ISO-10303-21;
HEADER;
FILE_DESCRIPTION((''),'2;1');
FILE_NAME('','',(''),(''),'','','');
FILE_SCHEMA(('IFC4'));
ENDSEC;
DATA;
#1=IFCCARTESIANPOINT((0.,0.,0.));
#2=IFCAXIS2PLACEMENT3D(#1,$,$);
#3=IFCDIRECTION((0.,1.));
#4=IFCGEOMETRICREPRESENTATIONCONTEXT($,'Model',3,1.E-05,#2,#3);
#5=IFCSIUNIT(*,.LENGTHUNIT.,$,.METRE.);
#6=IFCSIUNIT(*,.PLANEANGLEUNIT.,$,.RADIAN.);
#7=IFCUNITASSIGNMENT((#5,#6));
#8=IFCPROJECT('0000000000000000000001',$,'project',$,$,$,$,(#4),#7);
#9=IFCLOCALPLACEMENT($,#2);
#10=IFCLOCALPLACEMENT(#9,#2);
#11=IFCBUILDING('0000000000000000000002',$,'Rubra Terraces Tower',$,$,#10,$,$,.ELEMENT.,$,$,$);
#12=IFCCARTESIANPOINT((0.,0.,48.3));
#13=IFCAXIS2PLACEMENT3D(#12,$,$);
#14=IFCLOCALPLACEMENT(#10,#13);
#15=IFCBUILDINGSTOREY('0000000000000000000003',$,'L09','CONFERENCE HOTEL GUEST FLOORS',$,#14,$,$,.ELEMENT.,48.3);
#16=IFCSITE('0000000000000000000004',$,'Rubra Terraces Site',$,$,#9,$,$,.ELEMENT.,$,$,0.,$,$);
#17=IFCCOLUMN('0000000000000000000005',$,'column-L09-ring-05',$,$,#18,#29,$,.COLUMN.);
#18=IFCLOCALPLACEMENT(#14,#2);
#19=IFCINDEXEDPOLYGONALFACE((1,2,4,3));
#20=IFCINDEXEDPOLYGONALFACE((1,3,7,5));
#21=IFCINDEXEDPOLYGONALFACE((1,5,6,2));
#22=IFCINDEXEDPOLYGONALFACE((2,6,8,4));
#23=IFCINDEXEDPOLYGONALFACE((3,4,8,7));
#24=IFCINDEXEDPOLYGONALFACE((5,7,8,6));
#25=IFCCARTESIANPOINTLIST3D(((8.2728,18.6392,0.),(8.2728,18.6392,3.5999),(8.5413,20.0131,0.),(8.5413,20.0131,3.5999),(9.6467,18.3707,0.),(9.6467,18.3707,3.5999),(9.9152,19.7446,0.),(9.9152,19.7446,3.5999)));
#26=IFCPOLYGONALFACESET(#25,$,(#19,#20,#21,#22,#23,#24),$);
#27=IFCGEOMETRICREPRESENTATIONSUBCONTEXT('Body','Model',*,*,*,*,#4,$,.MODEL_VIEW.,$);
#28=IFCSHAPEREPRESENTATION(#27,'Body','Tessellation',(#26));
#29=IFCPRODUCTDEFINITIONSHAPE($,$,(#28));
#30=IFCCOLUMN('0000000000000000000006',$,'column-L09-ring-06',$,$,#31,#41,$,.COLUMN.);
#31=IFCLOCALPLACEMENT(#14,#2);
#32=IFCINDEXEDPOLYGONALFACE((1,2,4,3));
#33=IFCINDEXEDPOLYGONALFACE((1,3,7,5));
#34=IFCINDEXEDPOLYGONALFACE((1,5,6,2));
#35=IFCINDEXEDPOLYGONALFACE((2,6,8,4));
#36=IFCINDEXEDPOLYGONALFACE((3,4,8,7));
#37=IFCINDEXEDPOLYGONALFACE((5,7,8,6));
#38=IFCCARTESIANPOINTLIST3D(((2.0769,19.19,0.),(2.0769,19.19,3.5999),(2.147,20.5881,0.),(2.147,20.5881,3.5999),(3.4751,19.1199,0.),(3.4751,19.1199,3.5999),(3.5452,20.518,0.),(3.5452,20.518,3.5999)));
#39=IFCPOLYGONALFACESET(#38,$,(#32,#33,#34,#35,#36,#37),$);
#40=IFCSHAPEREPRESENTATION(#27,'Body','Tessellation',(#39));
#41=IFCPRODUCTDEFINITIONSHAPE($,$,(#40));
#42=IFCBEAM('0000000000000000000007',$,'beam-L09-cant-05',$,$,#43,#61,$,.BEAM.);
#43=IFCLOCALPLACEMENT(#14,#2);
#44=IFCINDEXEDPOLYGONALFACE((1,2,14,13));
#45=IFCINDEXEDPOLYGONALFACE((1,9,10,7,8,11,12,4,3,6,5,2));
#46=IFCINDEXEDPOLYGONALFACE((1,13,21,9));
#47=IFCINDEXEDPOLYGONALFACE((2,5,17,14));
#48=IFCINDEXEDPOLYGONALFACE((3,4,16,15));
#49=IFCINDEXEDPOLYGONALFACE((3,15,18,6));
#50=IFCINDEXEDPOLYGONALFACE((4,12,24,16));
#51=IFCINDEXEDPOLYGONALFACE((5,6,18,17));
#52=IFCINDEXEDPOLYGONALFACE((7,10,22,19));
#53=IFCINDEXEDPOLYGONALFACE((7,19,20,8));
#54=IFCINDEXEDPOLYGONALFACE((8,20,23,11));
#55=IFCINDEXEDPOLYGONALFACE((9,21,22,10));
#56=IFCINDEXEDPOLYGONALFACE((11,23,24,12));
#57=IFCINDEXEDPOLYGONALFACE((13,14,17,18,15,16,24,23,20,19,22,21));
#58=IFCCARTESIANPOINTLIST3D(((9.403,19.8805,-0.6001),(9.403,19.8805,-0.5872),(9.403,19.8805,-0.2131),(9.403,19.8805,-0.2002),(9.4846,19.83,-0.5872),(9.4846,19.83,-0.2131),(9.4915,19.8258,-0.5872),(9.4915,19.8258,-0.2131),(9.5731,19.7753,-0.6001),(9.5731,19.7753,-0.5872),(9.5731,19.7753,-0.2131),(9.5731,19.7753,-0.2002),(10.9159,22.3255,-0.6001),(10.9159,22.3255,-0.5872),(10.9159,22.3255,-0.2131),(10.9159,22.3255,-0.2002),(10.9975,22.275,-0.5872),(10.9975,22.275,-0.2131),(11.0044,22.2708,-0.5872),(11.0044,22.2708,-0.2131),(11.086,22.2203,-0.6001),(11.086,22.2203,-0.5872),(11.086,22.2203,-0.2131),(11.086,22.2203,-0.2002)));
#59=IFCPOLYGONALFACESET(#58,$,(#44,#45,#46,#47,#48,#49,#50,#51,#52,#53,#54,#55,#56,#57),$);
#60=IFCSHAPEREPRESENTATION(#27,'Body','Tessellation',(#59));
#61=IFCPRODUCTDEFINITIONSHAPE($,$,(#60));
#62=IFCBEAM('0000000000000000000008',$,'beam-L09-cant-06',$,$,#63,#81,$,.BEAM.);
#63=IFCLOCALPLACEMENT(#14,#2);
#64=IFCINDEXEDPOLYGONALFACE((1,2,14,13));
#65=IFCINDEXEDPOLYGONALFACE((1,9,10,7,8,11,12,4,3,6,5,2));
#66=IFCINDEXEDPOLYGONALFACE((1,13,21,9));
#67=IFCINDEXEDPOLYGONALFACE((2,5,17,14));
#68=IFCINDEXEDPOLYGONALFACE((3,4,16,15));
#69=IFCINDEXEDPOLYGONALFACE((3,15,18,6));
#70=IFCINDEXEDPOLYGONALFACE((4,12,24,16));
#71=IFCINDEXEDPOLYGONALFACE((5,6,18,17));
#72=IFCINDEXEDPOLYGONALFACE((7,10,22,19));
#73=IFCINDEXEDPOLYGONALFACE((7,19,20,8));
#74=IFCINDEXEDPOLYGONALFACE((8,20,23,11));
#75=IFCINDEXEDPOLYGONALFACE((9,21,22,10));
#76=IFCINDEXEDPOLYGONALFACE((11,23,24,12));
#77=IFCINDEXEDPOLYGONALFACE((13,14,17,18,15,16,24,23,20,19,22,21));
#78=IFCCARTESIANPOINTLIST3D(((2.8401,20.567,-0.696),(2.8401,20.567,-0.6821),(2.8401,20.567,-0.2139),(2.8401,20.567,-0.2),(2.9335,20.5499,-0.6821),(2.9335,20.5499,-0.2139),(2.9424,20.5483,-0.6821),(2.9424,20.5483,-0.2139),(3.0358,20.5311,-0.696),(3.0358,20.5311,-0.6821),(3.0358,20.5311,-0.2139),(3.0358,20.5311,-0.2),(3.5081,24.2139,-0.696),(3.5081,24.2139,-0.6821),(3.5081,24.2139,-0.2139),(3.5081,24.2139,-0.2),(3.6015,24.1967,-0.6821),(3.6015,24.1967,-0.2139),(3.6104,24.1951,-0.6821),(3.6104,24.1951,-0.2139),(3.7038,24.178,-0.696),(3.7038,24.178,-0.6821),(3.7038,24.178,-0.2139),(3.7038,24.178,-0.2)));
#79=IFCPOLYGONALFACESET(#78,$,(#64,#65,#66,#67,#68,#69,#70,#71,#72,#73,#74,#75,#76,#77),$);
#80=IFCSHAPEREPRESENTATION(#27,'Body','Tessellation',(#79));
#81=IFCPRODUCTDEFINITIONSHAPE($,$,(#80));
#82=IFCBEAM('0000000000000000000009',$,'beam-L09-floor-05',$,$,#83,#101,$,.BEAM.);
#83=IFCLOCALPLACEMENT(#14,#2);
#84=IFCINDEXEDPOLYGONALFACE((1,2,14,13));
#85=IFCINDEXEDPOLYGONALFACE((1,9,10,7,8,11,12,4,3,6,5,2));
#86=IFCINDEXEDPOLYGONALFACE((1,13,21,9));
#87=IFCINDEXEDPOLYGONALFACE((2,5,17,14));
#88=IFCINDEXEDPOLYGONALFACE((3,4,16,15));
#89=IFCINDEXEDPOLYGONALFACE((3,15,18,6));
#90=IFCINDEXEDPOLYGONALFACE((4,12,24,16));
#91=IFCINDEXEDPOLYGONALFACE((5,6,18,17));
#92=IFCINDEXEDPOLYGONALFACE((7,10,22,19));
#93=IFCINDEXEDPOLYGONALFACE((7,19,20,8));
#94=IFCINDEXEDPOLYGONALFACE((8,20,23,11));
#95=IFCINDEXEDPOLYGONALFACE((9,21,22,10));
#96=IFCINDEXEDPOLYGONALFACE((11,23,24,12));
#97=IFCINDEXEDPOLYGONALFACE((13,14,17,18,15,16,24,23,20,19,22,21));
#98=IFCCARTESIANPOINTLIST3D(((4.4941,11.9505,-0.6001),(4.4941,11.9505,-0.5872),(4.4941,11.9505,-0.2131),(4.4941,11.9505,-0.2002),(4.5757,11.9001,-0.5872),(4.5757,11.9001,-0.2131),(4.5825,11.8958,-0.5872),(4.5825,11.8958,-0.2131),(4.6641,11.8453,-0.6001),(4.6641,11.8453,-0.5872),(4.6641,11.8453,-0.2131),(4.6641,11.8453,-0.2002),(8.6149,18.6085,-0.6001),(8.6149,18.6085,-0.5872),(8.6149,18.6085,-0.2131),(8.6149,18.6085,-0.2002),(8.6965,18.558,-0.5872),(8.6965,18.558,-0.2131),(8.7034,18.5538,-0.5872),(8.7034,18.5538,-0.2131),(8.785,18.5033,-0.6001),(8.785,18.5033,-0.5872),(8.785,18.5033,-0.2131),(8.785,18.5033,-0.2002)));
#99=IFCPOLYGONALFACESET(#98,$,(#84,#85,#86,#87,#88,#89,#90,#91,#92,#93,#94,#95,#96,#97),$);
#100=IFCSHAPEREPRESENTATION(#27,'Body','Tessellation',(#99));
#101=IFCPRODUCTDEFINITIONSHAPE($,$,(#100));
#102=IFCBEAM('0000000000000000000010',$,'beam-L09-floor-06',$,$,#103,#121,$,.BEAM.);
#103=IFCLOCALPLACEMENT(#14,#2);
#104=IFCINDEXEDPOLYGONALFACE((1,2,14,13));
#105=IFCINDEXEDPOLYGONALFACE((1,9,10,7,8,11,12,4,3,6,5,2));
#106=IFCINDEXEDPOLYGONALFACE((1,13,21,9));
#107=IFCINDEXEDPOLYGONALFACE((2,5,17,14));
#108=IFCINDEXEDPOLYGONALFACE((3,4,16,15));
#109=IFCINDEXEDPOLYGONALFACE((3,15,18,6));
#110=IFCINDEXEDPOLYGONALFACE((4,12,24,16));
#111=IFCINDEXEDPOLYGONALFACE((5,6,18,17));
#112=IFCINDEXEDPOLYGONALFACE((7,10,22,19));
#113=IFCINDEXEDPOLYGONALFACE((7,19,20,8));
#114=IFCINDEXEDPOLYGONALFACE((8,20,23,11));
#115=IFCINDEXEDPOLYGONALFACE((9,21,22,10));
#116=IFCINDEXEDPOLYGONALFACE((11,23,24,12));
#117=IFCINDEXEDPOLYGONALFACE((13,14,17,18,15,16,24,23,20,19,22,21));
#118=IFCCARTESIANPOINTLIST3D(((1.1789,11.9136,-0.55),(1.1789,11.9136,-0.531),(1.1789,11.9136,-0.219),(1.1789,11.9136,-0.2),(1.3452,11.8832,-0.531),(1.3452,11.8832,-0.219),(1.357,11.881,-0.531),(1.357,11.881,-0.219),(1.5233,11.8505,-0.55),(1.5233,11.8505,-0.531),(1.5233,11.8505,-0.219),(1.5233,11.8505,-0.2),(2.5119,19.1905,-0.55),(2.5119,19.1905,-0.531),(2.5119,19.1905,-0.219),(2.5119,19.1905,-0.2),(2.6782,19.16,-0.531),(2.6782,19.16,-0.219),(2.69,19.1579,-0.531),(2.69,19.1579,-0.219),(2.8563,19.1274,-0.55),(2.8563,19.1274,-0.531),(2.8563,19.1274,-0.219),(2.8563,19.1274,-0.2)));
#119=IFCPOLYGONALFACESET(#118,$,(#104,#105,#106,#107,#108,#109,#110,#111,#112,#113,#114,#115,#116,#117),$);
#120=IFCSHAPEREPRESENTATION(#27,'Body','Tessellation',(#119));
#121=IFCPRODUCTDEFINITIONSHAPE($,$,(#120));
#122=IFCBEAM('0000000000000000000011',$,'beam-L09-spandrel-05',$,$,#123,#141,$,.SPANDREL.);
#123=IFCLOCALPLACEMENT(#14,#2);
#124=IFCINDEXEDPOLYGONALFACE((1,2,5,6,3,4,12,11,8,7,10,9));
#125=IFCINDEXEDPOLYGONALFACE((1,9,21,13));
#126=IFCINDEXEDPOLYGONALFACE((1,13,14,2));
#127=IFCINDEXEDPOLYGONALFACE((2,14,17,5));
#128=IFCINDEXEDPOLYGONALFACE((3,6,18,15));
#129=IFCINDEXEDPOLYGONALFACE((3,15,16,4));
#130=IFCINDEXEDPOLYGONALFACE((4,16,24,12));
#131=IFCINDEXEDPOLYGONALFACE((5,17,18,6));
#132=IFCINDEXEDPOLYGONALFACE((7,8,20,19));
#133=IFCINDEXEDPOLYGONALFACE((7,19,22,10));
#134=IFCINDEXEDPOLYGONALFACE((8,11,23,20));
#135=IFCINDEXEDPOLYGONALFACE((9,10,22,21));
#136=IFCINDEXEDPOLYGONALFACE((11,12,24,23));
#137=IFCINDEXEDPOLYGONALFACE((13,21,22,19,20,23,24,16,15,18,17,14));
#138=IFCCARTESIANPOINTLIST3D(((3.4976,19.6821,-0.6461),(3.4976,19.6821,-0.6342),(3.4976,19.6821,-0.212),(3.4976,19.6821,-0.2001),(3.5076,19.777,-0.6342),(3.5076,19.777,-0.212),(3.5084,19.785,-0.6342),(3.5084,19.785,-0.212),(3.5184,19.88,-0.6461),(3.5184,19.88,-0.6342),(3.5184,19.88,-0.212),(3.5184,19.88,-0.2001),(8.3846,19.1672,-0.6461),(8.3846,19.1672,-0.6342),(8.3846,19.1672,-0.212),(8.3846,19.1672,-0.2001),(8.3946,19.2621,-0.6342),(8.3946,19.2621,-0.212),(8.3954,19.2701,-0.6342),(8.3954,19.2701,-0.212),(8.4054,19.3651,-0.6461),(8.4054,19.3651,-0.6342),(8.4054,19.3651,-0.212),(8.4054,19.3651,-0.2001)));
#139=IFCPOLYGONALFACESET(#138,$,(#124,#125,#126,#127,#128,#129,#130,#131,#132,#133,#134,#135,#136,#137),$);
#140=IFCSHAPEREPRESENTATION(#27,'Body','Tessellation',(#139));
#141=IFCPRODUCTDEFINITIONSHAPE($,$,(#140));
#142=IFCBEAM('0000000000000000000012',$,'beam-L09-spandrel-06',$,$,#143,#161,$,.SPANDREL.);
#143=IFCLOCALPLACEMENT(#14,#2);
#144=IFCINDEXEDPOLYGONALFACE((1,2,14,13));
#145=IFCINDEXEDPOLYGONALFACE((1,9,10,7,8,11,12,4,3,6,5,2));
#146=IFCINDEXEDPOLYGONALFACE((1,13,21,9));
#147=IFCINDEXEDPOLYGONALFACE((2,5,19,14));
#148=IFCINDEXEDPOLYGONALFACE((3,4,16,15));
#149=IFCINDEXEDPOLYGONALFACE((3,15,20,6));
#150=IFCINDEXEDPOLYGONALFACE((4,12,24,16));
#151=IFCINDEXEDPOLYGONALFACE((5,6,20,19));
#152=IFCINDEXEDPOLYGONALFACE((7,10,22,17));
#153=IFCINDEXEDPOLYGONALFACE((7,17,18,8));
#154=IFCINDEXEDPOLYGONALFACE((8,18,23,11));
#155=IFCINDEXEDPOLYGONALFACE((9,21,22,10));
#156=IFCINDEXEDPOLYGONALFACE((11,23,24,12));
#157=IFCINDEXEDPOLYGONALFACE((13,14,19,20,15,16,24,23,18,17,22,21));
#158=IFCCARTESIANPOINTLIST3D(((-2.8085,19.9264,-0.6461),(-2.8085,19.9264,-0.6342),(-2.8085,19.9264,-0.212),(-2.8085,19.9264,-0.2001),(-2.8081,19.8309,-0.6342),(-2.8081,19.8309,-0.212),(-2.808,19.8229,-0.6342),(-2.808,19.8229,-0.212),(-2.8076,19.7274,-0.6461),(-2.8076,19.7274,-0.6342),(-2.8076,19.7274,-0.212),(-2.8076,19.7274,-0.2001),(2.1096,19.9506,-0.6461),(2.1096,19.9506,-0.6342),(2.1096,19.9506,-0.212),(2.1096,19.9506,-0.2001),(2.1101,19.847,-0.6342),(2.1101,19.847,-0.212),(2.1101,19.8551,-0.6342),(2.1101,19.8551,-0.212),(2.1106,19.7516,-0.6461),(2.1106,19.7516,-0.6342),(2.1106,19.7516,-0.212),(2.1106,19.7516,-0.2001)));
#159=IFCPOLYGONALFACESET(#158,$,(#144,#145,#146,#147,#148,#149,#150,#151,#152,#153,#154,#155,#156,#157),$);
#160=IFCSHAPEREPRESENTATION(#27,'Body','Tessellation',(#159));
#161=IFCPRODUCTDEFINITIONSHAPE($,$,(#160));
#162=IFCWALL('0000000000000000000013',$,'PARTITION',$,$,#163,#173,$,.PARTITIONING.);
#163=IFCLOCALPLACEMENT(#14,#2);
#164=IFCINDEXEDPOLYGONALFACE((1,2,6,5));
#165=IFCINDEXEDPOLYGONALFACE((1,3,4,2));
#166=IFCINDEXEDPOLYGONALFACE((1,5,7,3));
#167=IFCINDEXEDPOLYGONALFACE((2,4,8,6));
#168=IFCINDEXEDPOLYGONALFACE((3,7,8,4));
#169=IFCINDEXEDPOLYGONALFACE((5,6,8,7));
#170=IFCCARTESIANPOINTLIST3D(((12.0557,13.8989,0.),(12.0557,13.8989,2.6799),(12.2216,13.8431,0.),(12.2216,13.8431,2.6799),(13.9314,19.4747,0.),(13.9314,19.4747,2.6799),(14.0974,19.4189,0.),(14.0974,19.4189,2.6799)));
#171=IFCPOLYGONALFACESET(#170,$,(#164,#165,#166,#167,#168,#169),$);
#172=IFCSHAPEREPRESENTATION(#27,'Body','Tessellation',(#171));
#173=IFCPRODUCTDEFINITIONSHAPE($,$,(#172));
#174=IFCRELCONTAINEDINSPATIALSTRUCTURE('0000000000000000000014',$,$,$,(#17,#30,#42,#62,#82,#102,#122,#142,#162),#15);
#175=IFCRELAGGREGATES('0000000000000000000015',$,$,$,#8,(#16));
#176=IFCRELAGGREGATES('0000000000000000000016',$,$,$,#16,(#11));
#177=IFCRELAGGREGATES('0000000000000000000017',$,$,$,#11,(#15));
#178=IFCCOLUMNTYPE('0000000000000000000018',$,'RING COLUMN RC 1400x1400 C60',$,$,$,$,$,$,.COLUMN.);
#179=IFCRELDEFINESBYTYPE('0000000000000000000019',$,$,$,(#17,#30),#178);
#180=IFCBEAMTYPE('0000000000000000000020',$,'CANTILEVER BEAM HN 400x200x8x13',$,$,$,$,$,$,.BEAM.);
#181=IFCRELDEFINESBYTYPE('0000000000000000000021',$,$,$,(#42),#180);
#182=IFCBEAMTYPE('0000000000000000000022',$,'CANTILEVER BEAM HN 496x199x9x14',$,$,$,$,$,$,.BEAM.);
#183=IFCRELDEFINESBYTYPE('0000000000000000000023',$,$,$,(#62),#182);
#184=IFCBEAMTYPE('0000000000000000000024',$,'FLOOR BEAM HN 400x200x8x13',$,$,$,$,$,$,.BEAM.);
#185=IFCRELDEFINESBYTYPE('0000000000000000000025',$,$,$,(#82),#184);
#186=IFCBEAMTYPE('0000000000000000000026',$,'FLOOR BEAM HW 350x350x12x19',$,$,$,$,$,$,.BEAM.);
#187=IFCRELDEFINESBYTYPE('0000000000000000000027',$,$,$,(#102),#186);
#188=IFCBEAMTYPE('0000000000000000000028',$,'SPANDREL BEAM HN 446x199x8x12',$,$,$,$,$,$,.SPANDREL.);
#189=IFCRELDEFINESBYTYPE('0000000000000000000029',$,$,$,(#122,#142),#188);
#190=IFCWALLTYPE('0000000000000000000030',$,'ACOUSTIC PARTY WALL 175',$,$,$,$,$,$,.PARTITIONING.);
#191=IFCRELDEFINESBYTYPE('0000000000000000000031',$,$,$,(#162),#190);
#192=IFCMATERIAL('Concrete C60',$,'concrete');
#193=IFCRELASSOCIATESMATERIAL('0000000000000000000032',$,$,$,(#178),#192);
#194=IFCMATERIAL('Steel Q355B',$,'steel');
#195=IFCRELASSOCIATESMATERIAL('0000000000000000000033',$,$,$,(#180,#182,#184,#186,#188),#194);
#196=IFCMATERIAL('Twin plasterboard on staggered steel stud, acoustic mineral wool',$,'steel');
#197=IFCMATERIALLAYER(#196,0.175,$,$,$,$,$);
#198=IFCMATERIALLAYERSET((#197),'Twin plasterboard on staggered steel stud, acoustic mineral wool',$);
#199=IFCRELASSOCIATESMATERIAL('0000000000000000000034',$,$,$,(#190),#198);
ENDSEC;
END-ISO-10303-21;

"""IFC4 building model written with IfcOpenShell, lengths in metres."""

from ifc_helpers import new_model, si_unit, direction, frame, frame_2d, origin, origin_2d, place, context, subcontext, project, spatial, rectangle, i_section, extrude, material, layer, layer_set, material_profile, profile_set, type_object, element, save


model = new_model("IFC4")

# Units and contexts
model_context = context("Model", 3, precision=1e-05, world=origin(), true_north=direction((0.0, 1.0)))
body_context = subcontext(model_context, "Body", "Model", "MODEL_VIEW")
ifc_project = project(units=[si_unit("LENGTHUNIT", "METRE"), si_unit("PLANEANGLEUNIT", "RADIAN")], contexts=[model_context])

# Site, building, storey
site_placement = place(None, origin())
site = spatial("IfcSite", under=ifc_project, at=site_placement, Name="Rubra Terraces Site", CompositionType="ELEMENT", RefElevation=0.0)
building_placement = place(site_placement, origin())
building = spatial("IfcBuilding", under=site, at=building_placement, Name="Rubra Terraces Tower", CompositionType="ELEMENT")
storey_placement = place(building_placement, frame((0.0, 0.0, 48.3)))
storey = spatial("IfcBuildingStorey", under=building, at=storey_placement, Name="L09", Description="CONFERENCE HOTEL GUEST FLOORS", CompositionType="ELEMENT", Elevation=48.3)

# Columns
ifc_material_1 = material(Name="Concrete C60", Category="concrete")
ifc_material_profile_1 = material_profile(ifc_material_1, rectangle(XDim=1.3999, YDim=1.3999, at=origin_2d()), Name="RC 1400x1400")
ifc_profile_set_1 = profile_set([ifc_material_profile_1], Name="Concrete C60")
column_type = type_object("IfcColumnType", Name="RING COLUMN RC 1400x1400 C60", PredefinedType="COLUMN", material=ifc_profile_set_1)
for number, where, z_axis, x_axis, name in (
    (1, (9.094, 19.1919, 0.0), (0.0, 0.0, 1.0), (-0.98143, 0.191819, 0.0), "column-L09-ring-05"),
    (2, (2.811, 19.854, 0.0), (0.0, 0.0, 1.0), (-0.998745, 0.050084, 0.0), "column-L09-ring-06"),
):
    element("IfcColumn", number, at=place(storey_placement, frame(where, z_axis=z_axis, x_axis=x_axis)), inside=storey, type_object=column_type, Name=name, PredefinedType="COLUMN", context=body_context, shape_type="SweptSolid", body=[
        extrude(rectangle(XDim=1.3999, YDim=1.3999, at=origin_2d()), origin(), (0.0, 0.0, 1.0), 3.5999),
    ])

# Beams
ifc_material_2 = material(Name="Steel Q355B", Category="steel")
ifc_material_profile_2 = material_profile(ifc_material_2, i_section(OverallWidth=0.2, OverallDepth=0.3999, WebThickness=0.0081, FlangeThickness=0.0129, at=origin_2d()), Name="HN 400x200x8x13")
ifc_profile_set_2 = profile_set([ifc_material_profile_2], Name="Steel Q355B")
beam_type_1 = type_object("IfcBeamType", Name="CANTILEVER BEAM HN 400x200x8x13", PredefinedType="BEAM", material=ifc_profile_set_2)
beam_1_placement = place(storey_placement, frame((9.488, 19.8279, -0.4001), z_axis=(0.526185, 0.85037, 0.0), x_axis=(-0.85037, 0.526185, 0.0)))
element("IfcBeam", 3, at=beam_1_placement, inside=storey, type_object=beam_type_1, Name="beam-L09-cant-05", PredefinedType="BEAM", context=body_context, shape_type="SweptSolid", body=[
    extrude(i_section(OverallWidth=0.2, OverallDepth=0.3999, WebThickness=0.0081, FlangeThickness=0.0129, at=origin_2d()), origin(), (0.0, 0.0, 1.0), 2.8752),
])
ifc_material_profile_3 = material_profile(ifc_material_2, i_section(OverallWidth=0.199, OverallDepth=0.4961, WebThickness=0.009, FlangeThickness=0.0139, at=origin_2d()), Name="HN 496x199x9x14")
ifc_profile_set_3 = profile_set([ifc_material_profile_3], Name="Steel Q355B")
beam_type_2 = type_object("IfcBeamType", Name="CANTILEVER BEAM HN 496x199x9x14", PredefinedType="BEAM", material=ifc_profile_set_3)
beam_2_placement = place(storey_placement, frame((2.938, 20.5491, -0.448), z_axis=(0.18016, 0.983637, 0.0), x_axis=(-0.983637, 0.18016, 0.0)))
element("IfcBeam", 4, at=beam_2_placement, inside=storey, type_object=beam_type_2, Name="beam-L09-cant-06", PredefinedType="BEAM", context=body_context, shape_type="SweptSolid", body=[
    extrude(i_section(OverallWidth=0.199, OverallDepth=0.4961, WebThickness=0.009, FlangeThickness=0.0139, at=origin_2d()), origin(), (0.0, 0.0, 1.0), 3.7075),
])
ifc_material_profile_4 = material_profile(ifc_material_2, i_section(OverallWidth=0.2, OverallDepth=0.3999, WebThickness=0.0081, FlangeThickness=0.0129, at=origin_2d()), Name="HN 400x200x8x13")
ifc_profile_set_4 = profile_set([ifc_material_profile_4], Name="Steel Q355B")
beam_type_3 = type_object("IfcBeamType", Name="FLOOR BEAM HN 400x200x8x13", PredefinedType="BEAM", material=ifc_profile_set_4)
beam_3_placement = place(storey_placement, frame((8.7, 18.5559, -0.4001), z_axis=(-0.526286, -0.850308, 0.0), x_axis=(0.850308, -0.526286, 0.0)))
element("IfcBeam", 5, at=beam_3_placement, inside=storey, type_object=beam_type_3, Name="beam-L09-floor-05", PredefinedType="BEAM", context=body_context, shape_type="SweptSolid", body=[
    extrude(i_section(OverallWidth=0.2, OverallDepth=0.3999, WebThickness=0.0081, FlangeThickness=0.0129, at=origin_2d()), origin(), (0.0, 0.0, 1.0), 7.8301),
])
ifc_material_profile_5 = material_profile(ifc_material_2, i_section(OverallWidth=0.3501, OverallDepth=0.3501, WebThickness=0.012, FlangeThickness=0.019, at=origin_2d()), Name="HW 350x350x12x19")
ifc_profile_set_5 = profile_set([ifc_material_profile_5], Name="Steel Q355B")
beam_type_4 = type_object("IfcBeamType", Name="FLOOR BEAM HW 350x350x12x19", PredefinedType="BEAM", material=ifc_profile_set_5)
beam_4_placement = place(storey_placement, frame((2.6841, 19.1589, -0.375), z_axis=(-0.180186, -0.983632, 0.0), x_axis=(0.983632, -0.180186, 0.0)))
element("IfcBeam", 6, at=beam_4_placement, inside=storey, type_object=beam_type_4, Name="beam-L09-floor-06", PredefinedType="BEAM", context=body_context, shape_type="SweptSolid", body=[
    extrude(i_section(OverallWidth=0.3501, OverallDepth=0.3501, WebThickness=0.012, FlangeThickness=0.019, at=origin_2d()), origin(), (0.0, 0.0, 1.0), 7.3979),
])
ifc_material_profile_6 = material_profile(ifc_material_2, i_section(OverallWidth=0.199, OverallDepth=0.446, WebThickness=0.0081, FlangeThickness=0.012, at=origin_2d()), Name="HN 446x199x8x12")
ifc_profile_set_6 = profile_set([ifc_material_profile_6], Name="Steel Q355B")
beam_type_5 = type_object("IfcBeamType", Name="SPANDREL BEAM HN 446x199x8x12", PredefinedType="SPANDREL", material=ifc_profile_set_6)
beam_5_placement = place(storey_placement, frame((8.395, 19.2661, -0.4231), z_axis=(-0.994495, 0.10478, 0.0), x_axis=(-0.10478, -0.994495, 0.0)))
element("IfcBeam", 7, at=beam_5_placement, inside=storey, type_object=beam_type_5, Name="beam-L09-spandrel-05", PredefinedType="SPANDREL", context=body_context, shape_type="SweptSolid", body=[
    extrude(i_section(OverallWidth=0.199, OverallDepth=0.446, WebThickness=0.0081, FlangeThickness=0.012, at=origin_2d()), origin(), (0.0, 0.0, 1.0), 4.9141),
])
beam_6_placement = place(storey_placement, frame((2.1101, 19.8511, -0.4231), z_axis=(-0.999988, -0.004914, 0.0), x_axis=(0.004914, -0.999988, 0.0)))
element("IfcBeam", 8, at=beam_6_placement, inside=storey, type_object=beam_type_5, Name="beam-L09-spandrel-06", PredefinedType="SPANDREL", context=body_context, shape_type="SweptSolid", body=[
    extrude(i_section(OverallWidth=0.199, OverallDepth=0.446, WebThickness=0.0081, FlangeThickness=0.012, at=origin_2d()), origin(), (0.0, 0.0, 1.0), 4.9182),
])

# Wall
ifc_material_3 = material(Name="Twin plasterboard on staggered steel stud, acoustic mineral wool", Category="steel")
ifc_layer_1 = layer(ifc_material_3, 0.175)
ifc_layer_set_1 = layer_set([ifc_layer_1], Name="Twin plasterboard on staggered steel stud, acoustic mineral wool")
wall_type_1 = type_object("IfcWallType", Name="ACOUSTIC PARTY WALL 175", PredefinedType="PARTITIONING", material=ifc_layer_set_1)
wall_1_placement = place(storey_placement, frame((14.0144, 19.4468, 0.0), z_axis=(0.0, 0.0, 1.0), x_axis=(-0.318854, -0.947804, 0.0)))
element("IfcWall", 9, at=wall_1_placement, inside=storey, type_object=wall_type_1, Name="PARTITION", PredefinedType="PARTITIONING", context=body_context, shape_type="SweptSolid", body=[
    extrude(rectangle(XDim=5.8828, YDim=0.175, at=frame_2d((2.9414, 0.0))), origin(), (0.0, 0.0, 1.0), 2.6799),
])

save(model, "model.ifc")
